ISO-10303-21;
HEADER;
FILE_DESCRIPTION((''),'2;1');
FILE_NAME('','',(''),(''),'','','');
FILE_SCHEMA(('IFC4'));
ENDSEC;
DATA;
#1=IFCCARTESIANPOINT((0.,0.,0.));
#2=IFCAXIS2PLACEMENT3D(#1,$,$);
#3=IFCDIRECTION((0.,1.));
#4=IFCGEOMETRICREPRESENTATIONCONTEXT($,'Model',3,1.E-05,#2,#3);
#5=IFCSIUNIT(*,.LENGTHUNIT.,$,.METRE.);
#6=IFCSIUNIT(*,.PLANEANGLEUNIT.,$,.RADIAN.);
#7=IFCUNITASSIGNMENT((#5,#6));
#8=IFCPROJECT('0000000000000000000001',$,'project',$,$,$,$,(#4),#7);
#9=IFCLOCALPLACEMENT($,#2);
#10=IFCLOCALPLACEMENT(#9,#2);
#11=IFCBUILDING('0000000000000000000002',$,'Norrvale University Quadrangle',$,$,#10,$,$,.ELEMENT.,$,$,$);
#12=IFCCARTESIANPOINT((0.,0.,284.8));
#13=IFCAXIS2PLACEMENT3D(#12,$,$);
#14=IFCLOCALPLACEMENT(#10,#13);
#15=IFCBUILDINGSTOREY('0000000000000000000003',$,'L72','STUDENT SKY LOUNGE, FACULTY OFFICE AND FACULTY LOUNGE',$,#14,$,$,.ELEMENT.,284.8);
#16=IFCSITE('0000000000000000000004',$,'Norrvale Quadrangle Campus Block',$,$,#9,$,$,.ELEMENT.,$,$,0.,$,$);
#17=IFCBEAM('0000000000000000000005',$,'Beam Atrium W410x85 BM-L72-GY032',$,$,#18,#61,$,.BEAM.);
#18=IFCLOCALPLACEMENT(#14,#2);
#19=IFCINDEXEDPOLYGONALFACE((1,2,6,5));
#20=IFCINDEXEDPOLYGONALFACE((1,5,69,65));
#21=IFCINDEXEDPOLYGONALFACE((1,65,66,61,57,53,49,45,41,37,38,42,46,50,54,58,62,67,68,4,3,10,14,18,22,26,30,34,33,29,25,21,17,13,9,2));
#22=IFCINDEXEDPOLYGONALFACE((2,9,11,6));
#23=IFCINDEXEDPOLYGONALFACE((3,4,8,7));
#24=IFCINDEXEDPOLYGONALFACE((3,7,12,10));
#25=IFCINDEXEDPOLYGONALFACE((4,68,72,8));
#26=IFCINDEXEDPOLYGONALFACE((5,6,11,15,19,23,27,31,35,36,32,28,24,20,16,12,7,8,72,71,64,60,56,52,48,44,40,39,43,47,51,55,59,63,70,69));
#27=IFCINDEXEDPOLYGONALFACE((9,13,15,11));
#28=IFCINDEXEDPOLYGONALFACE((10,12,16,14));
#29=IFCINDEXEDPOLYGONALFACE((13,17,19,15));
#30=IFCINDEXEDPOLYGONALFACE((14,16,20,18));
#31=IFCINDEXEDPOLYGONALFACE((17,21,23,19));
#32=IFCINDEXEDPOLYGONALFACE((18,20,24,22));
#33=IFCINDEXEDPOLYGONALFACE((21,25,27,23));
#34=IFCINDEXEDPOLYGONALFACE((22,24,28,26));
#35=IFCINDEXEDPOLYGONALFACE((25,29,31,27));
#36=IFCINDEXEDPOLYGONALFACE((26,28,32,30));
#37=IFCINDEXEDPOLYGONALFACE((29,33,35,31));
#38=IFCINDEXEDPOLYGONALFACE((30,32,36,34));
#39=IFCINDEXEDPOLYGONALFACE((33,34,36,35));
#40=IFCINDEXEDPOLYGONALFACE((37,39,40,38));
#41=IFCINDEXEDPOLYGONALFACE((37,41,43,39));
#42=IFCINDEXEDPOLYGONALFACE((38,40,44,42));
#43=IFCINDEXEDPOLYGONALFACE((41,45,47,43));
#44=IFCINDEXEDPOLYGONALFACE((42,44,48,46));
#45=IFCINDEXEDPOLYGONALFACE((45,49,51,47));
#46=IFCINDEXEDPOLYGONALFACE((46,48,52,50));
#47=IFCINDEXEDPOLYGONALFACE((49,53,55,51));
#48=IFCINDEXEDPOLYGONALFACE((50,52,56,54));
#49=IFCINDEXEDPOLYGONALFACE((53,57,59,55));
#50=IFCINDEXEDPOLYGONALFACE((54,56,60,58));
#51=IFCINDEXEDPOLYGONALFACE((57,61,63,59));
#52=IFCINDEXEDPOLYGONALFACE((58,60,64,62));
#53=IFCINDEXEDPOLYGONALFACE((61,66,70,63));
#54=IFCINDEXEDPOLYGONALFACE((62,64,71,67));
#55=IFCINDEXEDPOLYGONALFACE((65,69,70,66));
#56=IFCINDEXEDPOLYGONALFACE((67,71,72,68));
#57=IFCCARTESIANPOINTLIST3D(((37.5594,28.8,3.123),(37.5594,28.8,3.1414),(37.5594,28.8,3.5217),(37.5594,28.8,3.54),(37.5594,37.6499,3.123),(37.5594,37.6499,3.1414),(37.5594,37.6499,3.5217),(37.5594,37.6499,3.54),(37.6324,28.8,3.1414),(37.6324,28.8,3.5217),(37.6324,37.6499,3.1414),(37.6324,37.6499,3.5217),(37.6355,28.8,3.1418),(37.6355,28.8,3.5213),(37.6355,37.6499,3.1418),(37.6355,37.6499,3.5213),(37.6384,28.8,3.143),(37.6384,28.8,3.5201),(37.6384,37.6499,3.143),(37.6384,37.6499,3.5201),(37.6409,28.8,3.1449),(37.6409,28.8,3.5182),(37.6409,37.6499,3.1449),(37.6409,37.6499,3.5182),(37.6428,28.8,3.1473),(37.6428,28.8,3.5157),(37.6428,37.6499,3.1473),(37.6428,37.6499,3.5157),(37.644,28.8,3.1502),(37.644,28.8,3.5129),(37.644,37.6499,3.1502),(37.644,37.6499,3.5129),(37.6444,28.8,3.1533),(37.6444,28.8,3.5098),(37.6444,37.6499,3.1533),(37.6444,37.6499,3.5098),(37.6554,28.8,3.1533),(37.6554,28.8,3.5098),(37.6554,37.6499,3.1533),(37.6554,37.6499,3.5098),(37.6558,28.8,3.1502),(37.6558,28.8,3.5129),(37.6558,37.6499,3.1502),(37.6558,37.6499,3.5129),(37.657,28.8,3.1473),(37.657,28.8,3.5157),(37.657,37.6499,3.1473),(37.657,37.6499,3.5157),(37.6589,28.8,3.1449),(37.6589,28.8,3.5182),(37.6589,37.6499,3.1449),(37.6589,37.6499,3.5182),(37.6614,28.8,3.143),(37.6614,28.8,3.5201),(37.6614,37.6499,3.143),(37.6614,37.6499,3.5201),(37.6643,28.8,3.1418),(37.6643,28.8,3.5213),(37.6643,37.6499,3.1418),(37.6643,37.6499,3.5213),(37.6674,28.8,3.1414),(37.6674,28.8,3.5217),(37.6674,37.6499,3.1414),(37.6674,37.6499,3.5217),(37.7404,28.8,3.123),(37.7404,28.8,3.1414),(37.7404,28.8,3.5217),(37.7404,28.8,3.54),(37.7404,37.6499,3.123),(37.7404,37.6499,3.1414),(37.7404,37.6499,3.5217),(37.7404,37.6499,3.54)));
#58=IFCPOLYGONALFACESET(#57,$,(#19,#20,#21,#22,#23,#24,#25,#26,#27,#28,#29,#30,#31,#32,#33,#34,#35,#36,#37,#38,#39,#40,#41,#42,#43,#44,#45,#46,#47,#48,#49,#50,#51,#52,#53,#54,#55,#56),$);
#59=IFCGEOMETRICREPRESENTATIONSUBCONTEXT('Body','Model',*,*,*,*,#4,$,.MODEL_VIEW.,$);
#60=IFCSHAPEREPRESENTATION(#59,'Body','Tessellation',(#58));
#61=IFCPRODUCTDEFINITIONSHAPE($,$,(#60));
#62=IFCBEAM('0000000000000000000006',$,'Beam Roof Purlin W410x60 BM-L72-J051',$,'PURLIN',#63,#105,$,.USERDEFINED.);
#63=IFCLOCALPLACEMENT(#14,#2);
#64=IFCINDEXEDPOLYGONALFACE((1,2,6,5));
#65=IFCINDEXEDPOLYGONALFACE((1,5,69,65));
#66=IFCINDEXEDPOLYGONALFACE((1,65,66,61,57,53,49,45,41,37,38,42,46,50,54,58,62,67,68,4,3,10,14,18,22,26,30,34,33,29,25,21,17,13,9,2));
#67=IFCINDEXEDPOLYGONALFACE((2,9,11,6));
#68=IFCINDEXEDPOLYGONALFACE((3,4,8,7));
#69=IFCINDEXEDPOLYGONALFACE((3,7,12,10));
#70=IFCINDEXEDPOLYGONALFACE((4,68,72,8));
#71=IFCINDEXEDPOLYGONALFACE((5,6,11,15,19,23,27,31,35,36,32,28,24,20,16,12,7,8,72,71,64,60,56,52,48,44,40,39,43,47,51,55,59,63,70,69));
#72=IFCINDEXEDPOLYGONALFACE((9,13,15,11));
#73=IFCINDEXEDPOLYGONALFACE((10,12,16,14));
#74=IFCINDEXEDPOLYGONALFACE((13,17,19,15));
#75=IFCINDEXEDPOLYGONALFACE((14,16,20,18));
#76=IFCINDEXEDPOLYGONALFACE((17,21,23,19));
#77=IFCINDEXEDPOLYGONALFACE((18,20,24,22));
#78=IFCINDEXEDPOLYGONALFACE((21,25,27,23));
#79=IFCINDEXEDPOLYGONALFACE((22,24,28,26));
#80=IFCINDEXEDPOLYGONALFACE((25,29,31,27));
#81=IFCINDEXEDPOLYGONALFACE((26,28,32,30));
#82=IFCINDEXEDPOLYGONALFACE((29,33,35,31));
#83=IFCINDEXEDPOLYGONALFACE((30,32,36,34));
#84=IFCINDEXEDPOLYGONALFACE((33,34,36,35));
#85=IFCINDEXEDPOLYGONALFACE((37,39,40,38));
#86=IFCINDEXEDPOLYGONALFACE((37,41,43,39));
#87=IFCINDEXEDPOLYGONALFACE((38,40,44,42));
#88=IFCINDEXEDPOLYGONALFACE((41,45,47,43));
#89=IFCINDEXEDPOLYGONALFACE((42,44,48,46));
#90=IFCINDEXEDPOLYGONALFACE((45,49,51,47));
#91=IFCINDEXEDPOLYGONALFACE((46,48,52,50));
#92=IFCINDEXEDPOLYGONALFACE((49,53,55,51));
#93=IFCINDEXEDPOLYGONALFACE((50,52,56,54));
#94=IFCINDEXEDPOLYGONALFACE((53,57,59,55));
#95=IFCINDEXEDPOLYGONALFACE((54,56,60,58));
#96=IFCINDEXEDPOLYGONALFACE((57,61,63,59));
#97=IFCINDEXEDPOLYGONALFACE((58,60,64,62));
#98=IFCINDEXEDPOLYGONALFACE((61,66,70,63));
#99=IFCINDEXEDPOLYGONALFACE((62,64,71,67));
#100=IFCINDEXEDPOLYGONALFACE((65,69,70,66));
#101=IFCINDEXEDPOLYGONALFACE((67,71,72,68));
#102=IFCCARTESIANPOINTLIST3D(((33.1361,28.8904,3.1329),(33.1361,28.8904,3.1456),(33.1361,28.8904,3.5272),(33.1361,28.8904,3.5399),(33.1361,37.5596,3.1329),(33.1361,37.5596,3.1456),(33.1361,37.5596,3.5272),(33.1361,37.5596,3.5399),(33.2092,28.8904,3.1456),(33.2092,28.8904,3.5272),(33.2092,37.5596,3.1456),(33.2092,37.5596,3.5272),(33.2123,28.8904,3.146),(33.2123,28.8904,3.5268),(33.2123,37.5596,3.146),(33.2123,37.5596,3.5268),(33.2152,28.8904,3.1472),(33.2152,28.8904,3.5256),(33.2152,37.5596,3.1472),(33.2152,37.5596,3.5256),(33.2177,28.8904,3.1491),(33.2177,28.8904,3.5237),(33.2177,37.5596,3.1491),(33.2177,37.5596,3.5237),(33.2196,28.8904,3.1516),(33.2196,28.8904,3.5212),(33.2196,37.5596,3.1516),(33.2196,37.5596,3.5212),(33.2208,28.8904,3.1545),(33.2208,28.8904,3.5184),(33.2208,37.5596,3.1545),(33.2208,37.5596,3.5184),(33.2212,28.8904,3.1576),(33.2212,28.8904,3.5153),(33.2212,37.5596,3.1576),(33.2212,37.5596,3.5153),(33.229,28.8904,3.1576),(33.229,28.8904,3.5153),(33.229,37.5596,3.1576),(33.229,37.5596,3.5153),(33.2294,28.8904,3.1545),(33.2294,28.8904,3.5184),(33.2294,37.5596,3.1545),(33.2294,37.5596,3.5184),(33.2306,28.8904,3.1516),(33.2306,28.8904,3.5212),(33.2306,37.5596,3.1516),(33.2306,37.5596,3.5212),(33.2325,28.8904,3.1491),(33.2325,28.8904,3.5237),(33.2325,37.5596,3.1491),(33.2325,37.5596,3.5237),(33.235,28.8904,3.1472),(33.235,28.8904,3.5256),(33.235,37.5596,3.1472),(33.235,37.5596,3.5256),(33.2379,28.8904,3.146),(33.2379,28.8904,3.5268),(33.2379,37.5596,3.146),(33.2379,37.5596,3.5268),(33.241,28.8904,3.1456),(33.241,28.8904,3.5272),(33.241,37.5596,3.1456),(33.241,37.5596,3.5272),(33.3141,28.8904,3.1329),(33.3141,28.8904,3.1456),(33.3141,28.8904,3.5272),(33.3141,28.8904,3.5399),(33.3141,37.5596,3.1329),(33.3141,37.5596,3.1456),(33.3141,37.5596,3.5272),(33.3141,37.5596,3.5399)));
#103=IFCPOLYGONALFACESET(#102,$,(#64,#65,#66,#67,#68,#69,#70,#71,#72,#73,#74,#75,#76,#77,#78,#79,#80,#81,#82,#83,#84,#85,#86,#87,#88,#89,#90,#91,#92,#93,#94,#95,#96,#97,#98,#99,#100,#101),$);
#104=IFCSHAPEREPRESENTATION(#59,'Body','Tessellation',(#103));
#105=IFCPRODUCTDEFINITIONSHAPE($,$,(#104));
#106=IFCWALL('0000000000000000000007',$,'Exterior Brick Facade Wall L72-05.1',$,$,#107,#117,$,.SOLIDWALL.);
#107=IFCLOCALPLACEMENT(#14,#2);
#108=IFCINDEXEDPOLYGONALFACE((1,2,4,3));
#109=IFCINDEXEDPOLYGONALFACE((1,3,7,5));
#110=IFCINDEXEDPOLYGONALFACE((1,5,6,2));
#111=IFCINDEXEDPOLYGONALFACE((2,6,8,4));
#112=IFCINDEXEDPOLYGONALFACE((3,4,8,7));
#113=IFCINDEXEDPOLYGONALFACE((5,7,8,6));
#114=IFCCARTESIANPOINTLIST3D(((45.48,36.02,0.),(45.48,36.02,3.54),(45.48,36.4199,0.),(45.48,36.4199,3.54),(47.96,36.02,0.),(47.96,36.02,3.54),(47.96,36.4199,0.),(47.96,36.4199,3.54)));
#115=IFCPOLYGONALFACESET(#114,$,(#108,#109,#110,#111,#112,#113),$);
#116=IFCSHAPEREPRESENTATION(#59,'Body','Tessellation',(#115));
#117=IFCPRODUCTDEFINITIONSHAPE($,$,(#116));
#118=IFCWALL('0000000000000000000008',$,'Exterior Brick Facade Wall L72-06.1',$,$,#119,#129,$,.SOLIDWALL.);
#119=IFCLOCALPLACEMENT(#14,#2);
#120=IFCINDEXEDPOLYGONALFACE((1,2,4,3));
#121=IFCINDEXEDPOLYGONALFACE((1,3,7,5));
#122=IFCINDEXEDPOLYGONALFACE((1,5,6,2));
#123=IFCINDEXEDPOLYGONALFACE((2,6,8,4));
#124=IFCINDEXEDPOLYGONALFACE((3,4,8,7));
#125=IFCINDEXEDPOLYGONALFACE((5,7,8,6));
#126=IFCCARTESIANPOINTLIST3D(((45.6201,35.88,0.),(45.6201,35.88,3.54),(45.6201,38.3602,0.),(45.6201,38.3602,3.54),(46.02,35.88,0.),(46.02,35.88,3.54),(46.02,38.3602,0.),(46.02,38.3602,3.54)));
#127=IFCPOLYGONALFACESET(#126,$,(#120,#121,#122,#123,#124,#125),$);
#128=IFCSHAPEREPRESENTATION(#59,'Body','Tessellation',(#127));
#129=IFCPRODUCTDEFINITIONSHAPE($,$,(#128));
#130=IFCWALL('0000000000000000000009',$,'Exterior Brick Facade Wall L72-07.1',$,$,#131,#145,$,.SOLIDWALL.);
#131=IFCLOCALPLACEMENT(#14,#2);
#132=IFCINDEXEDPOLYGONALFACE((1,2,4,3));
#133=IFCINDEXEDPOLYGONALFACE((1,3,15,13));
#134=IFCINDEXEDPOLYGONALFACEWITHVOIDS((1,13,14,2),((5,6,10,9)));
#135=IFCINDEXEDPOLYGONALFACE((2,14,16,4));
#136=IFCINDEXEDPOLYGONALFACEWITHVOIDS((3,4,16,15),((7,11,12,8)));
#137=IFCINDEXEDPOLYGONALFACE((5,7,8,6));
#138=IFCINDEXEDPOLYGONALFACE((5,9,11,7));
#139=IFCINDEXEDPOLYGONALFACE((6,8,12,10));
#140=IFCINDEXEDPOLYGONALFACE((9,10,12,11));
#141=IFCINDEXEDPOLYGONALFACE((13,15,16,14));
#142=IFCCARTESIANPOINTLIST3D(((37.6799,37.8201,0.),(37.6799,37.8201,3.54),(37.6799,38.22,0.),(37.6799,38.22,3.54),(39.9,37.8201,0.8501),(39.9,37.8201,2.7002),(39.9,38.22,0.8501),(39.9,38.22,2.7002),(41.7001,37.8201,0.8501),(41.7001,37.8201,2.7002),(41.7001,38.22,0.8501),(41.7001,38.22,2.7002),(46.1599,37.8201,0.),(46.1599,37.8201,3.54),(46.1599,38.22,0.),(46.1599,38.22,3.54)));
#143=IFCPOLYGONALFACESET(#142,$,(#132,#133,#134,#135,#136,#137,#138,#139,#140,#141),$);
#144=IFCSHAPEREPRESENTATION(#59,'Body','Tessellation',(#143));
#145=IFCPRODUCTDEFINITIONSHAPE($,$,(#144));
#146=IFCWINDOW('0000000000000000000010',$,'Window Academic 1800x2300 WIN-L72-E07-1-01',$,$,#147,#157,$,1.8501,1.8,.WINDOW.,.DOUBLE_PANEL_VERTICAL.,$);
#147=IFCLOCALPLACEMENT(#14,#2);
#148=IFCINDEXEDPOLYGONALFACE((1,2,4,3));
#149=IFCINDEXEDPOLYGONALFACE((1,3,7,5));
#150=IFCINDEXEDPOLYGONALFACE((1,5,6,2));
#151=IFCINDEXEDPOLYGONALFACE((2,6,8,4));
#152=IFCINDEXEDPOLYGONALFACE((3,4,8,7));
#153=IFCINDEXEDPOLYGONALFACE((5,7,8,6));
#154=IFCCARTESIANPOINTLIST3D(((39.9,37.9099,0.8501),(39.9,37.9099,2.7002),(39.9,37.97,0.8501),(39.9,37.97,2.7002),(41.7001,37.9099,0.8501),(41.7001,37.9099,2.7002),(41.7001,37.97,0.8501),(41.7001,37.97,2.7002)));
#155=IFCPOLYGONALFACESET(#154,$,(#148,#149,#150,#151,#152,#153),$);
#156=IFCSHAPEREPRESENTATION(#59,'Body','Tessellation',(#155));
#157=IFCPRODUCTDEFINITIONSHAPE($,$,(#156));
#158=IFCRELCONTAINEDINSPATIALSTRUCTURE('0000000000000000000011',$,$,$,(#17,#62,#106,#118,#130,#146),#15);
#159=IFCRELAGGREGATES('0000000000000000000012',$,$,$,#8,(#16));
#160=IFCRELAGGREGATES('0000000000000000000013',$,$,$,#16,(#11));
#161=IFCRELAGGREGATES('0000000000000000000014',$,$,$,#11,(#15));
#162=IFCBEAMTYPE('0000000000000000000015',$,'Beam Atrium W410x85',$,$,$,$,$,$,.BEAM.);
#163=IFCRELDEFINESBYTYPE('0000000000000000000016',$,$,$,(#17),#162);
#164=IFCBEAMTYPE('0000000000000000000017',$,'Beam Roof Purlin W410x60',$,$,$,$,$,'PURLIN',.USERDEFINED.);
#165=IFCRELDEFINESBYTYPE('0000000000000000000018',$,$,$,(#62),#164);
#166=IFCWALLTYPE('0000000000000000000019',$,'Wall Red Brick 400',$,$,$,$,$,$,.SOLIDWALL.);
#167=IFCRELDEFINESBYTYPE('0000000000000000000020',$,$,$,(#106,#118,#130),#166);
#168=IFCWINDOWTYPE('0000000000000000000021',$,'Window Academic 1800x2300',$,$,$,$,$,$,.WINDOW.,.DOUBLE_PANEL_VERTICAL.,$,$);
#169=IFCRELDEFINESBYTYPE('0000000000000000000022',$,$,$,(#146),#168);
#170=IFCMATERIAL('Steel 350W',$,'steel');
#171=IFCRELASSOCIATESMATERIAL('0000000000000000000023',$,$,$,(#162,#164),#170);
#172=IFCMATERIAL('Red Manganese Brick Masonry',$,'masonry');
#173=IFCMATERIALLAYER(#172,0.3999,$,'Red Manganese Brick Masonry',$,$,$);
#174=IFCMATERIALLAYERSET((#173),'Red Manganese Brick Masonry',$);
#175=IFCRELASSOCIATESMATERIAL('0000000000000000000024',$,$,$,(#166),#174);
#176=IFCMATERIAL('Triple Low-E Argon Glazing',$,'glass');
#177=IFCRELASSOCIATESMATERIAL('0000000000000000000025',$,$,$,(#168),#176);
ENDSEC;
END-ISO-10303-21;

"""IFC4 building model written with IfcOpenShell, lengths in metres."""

from ifc_helpers import new_model, si_unit, direction, frame, frame_2d, origin, origin_2d, place, context, subcontext, project, spatial, rectangle, i_section, extrude, material, layer, layer_set, material_profile, profile_set, type_object, element, fill, save


model = new_model("IFC4")

# Units and contexts
model_context = context("Model", 3, precision=1e-05, world=origin(), true_north=direction((0.0, 1.0)))
body_context = subcontext(model_context, "Body", "Model", "MODEL_VIEW")
ifc_project = project(units=[si_unit("LENGTHUNIT", "METRE"), si_unit("PLANEANGLEUNIT", "RADIAN")], contexts=[model_context])

# Site, building, storey
site_placement = place(None, origin())
site = spatial("IfcSite", under=ifc_project, at=site_placement, Name="Norrvale Quadrangle Campus Block", CompositionType="ELEMENT", RefElevation=0.0)
building_placement = place(site_placement, origin())
building = spatial("IfcBuilding", under=site, at=building_placement, Name="Norrvale University Quadrangle", CompositionType="ELEMENT")
storey_placement = place(building_placement, frame((0.0, 0.0, 284.8)))
storey = spatial("IfcBuildingStorey", under=building, at=storey_placement, Name="L72", Description="STUDENT SKY LOUNGE, FACULTY OFFICE AND FACULTY LOUNGE", CompositionType="ELEMENT", Elevation=284.8)

# Beams
ifc_material_1 = material(Name="Steel 350W", Category="steel")
ifc_material_profile_1 = material_profile(ifc_material_1, i_section(OverallWidth=0.1809, OverallDepth=0.417, WebThickness=0.011, FlangeThickness=0.0183, FilletRadius=0.012, at=origin_2d()), Name="Steel 350W")
ifc_profile_set_1 = profile_set([ifc_material_profile_1], Name="Steel 350W")
beam_type_1 = type_object("IfcBeamType", Name="Beam Atrium W410x85", PredefinedType="BEAM", material=ifc_profile_set_1)
beam_1_placement = place(storey_placement, frame((37.6499, 28.8, 3.3315), z_axis=(0.0, 1.0, 0.0), x_axis=(-1.0, 0.0, 0.0)))
element("IfcBeam", 1, at=beam_1_placement, inside=storey, type_object=beam_type_1, Name="Beam Atrium W410x85 BM-L72-GY032", PredefinedType="BEAM", context=body_context, shape_type="SweptSolid", body=[
    extrude(i_section(OverallWidth=0.1809, OverallDepth=0.417, WebThickness=0.011, FlangeThickness=0.0183, FilletRadius=0.012, at=origin_2d()), origin(), (0.0, 0.0, 1.0), 8.8499),
])
ifc_material_profile_2 = material_profile(ifc_material_1, i_section(OverallWidth=0.178, OverallDepth=0.407, WebThickness=0.0078, FlangeThickness=0.0127, FilletRadius=0.012, at=origin_2d()), Name="Steel 350W")
ifc_profile_set_2 = profile_set([ifc_material_profile_2], Name="Steel 350W")
beam_type_2 = type_object("IfcBeamType", Name="Beam Roof Purlin W410x60", ElementType="PURLIN", PredefinedType="USERDEFINED", material=ifc_profile_set_2)
beam_2_placement = place(storey_placement, frame((33.2251, 28.8904, 3.3364), z_axis=(0.0, 1.0, 0.0), x_axis=(-1.0, 0.0, 0.0)))
element("IfcBeam", 2, at=beam_2_placement, inside=storey, type_object=beam_type_2, Name="Beam Roof Purlin W410x60 BM-L72-J051", ObjectType="PURLIN", PredefinedType="USERDEFINED", context=body_context, shape_type="SweptSolid", body=[
    extrude(i_section(OverallWidth=0.178, OverallDepth=0.407, WebThickness=0.0078, FlangeThickness=0.0127, FilletRadius=0.012, at=origin_2d()), origin(), (0.0, 0.0, 1.0), 8.6692),
])

# Walls
ifc_material_2 = material(Name="Red Manganese Brick Masonry", Category="masonry")
ifc_layer = layer(ifc_material_2, 0.3999, Name="Red Manganese Brick Masonry")
ifc_layer_set = layer_set([ifc_layer], Name="Red Manganese Brick Masonry")
wall_type = type_object("IfcWallType", Name="Wall Red Brick 400", PredefinedType="SOLIDWALL", material=ifc_layer_set)
wall_1_placement = place(storey_placement, frame((47.96, 36.22, 0.0), z_axis=(0.0, 0.0, 1.0), x_axis=(-1.0, 0.0, 0.0)))
element("IfcWall", 3, at=wall_1_placement, inside=storey, type_object=wall_type, Name="Exterior Brick Facade Wall L72-05.1", PredefinedType="SOLIDWALL", context=body_context, shape_type="SweptSolid", body=[
    extrude(rectangle(XDim=2.48, YDim=0.3999, at=frame_2d((1.24, 0.0))), origin(), (0.0, 0.0, 1.0), 3.54),
])
wall_2_placement = place(storey_placement, frame((45.8201, 35.8799, 0.0), z_axis=(0.0, 0.0, 1.0), x_axis=(0.0, 1.0, 0.0)))
element("IfcWall", 4, at=wall_2_placement, inside=storey, type_object=wall_type, Name="Exterior Brick Facade Wall L72-06.1", PredefinedType="SOLIDWALL", context=body_context, shape_type="SweptSolid", body=[
    extrude(rectangle(XDim=2.4802, YDim=0.3999, at=frame_2d((1.2402, 0.0))), origin(), (0.0, 0.0, 1.0), 3.54),
])

# Wall, opening, window
wall_3_placement = place(storey_placement, frame((46.1599, 38.02, 0.0), z_axis=(0.0, 0.0, 1.0), x_axis=(-1.0, 0.0, 0.0)))
wall_3 = element("IfcWall", 5, at=wall_3_placement, inside=storey, type_object=wall_type, Name="Exterior Brick Facade Wall L72-07.1", PredefinedType="SOLIDWALL", context=body_context, shape_type="SweptSolid", body=[
    extrude(rectangle(XDim=8.48, YDim=0.3999, at=frame_2d((4.24, 0.0))), origin(), (0.0, 0.0, 1.0), 3.54),
])
opening_1_placement = place(wall_3_placement, frame((4.46, 0.0, 0.8501)))
opening_1 = element("IfcOpeningElement", 6, at=opening_1_placement, cuts=wall_3, PredefinedType="OPENING", context=body_context, shape_type="SweptSolid", body=[
    extrude(rectangle(XDim=1.8, YDim=1.8501, at=frame_2d((0.8999, 0.925))), frame((0.0, 0.2119, 0.0), z_axis=(0.0, -1.0, 0.0), x_axis=(1.0, 0.0, 0.0)), (0.0, 0.0, 1.0), 0.4238),
])
ifc_material_3 = material(Name="Triple Low-E Argon Glazing", Category="glass")
window_type_1 = type_object("IfcWindowType", Name="Window Academic 1800x2300", PartitioningType="DOUBLE_PANEL_VERTICAL", PredefinedType="WINDOW", material=ifc_material_3)
window_1_placement = place(opening_1_placement, origin())
window_1 = element("IfcWindow", 7, at=window_1_placement, inside=storey, type_object=window_type_1, Name="Window Academic 1800x2300 WIN-L72-E07-1-01", OverallHeight=1.8501, OverallWidth=1.8, PartitioningType="DOUBLE_PANEL_VERTICAL", PredefinedType="WINDOW", context=body_context, shape_type="SweptSolid", body=[
    extrude(rectangle(XDim=1.8, YDim=1.8501, at=frame_2d((0.8999, 0.925))), frame((0.0, 0.1101, 0.0), z_axis=(0.0, -1.0, 0.0), x_axis=(1.0, 0.0, 0.0)), (0.0, 0.0, 1.0), 0.0601),
])
fill(opening_1, window_1)

save(model, "model.ifc")
